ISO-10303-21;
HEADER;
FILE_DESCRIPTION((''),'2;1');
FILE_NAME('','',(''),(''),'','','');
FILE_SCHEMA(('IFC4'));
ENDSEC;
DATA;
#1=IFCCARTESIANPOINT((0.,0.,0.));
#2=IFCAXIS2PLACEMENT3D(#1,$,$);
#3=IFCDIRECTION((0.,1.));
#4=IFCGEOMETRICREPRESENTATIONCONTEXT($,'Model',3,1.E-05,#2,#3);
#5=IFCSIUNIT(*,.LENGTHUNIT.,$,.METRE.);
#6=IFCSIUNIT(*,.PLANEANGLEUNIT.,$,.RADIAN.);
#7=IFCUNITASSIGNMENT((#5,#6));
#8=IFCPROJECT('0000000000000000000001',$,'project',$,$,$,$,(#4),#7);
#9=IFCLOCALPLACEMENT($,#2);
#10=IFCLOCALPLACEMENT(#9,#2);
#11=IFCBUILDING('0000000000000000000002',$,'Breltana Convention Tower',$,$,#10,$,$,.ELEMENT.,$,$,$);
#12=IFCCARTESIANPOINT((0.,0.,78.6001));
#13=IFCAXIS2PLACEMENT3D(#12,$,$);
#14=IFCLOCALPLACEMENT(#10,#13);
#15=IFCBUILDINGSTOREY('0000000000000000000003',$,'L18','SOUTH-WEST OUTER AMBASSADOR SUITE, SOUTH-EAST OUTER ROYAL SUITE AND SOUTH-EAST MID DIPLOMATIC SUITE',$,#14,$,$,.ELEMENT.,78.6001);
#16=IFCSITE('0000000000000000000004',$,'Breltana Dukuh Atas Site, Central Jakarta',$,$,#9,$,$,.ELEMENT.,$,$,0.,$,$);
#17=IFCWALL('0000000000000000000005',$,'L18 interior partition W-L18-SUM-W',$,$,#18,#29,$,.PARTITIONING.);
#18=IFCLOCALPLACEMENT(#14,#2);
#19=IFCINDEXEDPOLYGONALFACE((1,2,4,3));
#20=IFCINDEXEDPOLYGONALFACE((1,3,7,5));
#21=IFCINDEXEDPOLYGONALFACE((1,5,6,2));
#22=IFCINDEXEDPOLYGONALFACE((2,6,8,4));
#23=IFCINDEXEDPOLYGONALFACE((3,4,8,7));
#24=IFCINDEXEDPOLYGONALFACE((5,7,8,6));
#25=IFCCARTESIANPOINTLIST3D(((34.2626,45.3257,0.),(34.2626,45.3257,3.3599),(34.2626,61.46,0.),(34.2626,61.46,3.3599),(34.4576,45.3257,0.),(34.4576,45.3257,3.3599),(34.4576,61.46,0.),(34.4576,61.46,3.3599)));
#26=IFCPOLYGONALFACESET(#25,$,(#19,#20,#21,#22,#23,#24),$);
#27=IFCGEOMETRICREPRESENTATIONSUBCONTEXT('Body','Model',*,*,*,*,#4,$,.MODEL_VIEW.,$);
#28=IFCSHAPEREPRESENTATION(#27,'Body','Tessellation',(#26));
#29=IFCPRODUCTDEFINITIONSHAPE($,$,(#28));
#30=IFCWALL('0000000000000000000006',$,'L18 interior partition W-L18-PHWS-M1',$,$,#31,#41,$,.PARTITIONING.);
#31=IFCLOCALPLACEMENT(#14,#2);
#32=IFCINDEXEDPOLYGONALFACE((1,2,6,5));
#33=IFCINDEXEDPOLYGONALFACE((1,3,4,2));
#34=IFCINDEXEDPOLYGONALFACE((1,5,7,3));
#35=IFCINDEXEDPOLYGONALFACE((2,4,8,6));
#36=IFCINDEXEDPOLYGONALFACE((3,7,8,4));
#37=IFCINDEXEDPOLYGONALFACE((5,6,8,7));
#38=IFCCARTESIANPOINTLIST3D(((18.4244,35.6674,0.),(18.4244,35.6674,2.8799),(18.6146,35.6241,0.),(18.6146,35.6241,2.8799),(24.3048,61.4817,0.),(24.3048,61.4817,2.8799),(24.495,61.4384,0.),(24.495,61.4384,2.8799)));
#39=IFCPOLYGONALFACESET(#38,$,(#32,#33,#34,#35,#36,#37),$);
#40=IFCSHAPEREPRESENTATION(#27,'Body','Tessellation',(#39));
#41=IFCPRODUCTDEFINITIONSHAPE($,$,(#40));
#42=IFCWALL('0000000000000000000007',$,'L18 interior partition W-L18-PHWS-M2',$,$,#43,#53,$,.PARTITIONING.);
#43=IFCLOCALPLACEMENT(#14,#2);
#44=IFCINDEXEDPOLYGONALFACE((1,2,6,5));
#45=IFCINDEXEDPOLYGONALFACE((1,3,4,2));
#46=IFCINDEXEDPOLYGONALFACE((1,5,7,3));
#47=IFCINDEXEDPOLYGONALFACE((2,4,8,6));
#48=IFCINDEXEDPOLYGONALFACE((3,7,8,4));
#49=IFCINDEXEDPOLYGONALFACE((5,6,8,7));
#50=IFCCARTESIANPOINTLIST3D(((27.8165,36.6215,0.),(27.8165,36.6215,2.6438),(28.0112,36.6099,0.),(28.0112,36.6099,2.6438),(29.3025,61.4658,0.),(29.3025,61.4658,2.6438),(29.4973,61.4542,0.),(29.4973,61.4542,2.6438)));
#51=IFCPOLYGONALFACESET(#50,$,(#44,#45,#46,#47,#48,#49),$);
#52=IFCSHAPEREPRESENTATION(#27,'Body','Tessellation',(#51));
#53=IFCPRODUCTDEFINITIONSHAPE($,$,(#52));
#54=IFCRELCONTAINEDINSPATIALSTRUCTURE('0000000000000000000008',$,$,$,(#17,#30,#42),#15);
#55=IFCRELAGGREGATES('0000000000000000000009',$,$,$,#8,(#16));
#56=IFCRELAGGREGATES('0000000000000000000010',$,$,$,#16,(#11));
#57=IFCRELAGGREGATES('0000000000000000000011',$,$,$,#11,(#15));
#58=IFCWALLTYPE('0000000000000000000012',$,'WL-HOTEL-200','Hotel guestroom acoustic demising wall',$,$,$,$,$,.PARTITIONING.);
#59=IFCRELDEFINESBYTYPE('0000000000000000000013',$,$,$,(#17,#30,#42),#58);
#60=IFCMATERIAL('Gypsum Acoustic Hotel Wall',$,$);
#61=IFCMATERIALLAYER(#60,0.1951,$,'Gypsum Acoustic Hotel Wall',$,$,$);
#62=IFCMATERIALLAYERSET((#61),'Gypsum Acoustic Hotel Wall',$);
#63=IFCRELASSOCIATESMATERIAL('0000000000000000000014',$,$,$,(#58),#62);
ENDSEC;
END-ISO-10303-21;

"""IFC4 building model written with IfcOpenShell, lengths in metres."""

from ifc_helpers import new_model, si_unit, direction, frame, frame_2d, origin, place, context, subcontext, project, spatial, rectangle, extrude, source, transform, mapped, material, layer, layer_set, type_object, element, save


model = new_model("IFC4")

# Units and contexts
model_context = context("Model", 3, precision=1e-05, world=origin(), true_north=direction((0.0, 1.0)))
body_context = subcontext(model_context, "Body", "Model", "MODEL_VIEW")
ifc_project = project(units=[si_unit("LENGTHUNIT", "METRE"), si_unit("PLANEANGLEUNIT", "RADIAN")], contexts=[model_context])

# Site, building, storey
site_placement = place(None, origin())
site = spatial("IfcSite", under=ifc_project, at=site_placement, Name="Breltana Dukuh Atas Site, Central Jakarta", CompositionType="ELEMENT", RefElevation=0.0)
building_placement = place(site_placement, origin())
building = spatial("IfcBuilding", under=site, at=building_placement, Name="Breltana Convention Tower", CompositionType="ELEMENT")
storey_placement = place(building_placement, frame((0.0, 0.0, 78.6001)))
storey = spatial("IfcBuildingStorey", under=building, at=storey_placement, Name="L18", Description="SOUTH-WEST OUTER AMBASSADOR SUITE, SOUTH-EAST OUTER ROYAL SUITE AND SOUTH-EAST MID DIPLOMATIC SUITE", CompositionType="ELEMENT", Elevation=78.6001)

# Walls
ifc_material_1 = material(Name="Gypsum Acoustic Hotel Wall")
ifc_layer_1 = layer(ifc_material_1, 0.1951, Name="Gypsum Acoustic Hotel Wall")
ifc_layer_set_1 = layer_set([ifc_layer_1], Name="Gypsum Acoustic Hotel Wall")
wall_type_1 = type_object("IfcWallType", Name="WL-HOTEL-200", Description="Hotel guestroom acoustic demising wall", PredefinedType="PARTITIONING", material=ifc_layer_set_1)
shared_shape_1 = source(origin(), body_context, "Body", "SweptSolid", [
    extrude(rectangle(XDim=16.1343, YDim=0.1951, at=frame_2d((8.0671, 0.0))), origin(), (0.0, 0.0, 1.0), 3.3599),
])
wall_1_placement = place(storey_placement, frame((34.3601, 45.3257, 0.0), z_axis=(0.0, 0.0, 1.0), x_axis=(0.0, 1.0, 0.0)))
element("IfcWall", 1, at=wall_1_placement, inside=storey, type_object=wall_type_1, Name="L18 interior partition W-L18-SUM-W", PredefinedType="PARTITIONING", context=body_context, shape_type="MappedRepresentation", body=[
    mapped(shared_shape_1, transform((0.0, 0.0, 0.0), scale=1.0)),
])
shared_shape_2 = source(origin(), body_context, "Body", "SweptSolid", [
    extrude(rectangle(XDim=26.4756, YDim=0.1951, at=frame_2d((13.2378, 0.0))), origin(), (0.0, 0.0, 1.0), 2.8799),
])
wall_2_placement = place(storey_placement, frame((18.5195, 35.6458, 0.0), z_axis=(0.0, 0.0, 1.0), x_axis=(0.222106, 0.975022, 0.0)))
element("IfcWall", 2, at=wall_2_placement, inside=storey, type_object=wall_type_1, Name="L18 interior partition W-L18-PHWS-M1", PredefinedType="PARTITIONING", context=body_context, shape_type="MappedRepresentation", body=[
    mapped(shared_shape_2, transform((0.0, 0.0, 0.0), scale=1.0)),
])
shared_shape_3 = source(origin(), body_context, "Body", "SweptSolid", [
    extrude(rectangle(XDim=24.8887, YDim=0.1951, at=frame_2d((12.4443, 0.0))), origin(), (0.0, 0.0, 1.0), 2.6438),
])
wall_3_placement = place(storey_placement, frame((27.9138, 36.6157, 0.0), z_axis=(0.0, 0.0, 1.0), x_axis=(0.059709, 0.998216, 0.0)))
element("IfcWall", 3, at=wall_3_placement, inside=storey, type_object=wall_type_1, Name="L18 interior partition W-L18-PHWS-M2", PredefinedType="PARTITIONING", context=body_context, shape_type="MappedRepresentation", body=[
    mapped(shared_shape_3, transform((0.0, 0.0, 0.0), scale=1.0)),
])

save(model, "model.ifc")
